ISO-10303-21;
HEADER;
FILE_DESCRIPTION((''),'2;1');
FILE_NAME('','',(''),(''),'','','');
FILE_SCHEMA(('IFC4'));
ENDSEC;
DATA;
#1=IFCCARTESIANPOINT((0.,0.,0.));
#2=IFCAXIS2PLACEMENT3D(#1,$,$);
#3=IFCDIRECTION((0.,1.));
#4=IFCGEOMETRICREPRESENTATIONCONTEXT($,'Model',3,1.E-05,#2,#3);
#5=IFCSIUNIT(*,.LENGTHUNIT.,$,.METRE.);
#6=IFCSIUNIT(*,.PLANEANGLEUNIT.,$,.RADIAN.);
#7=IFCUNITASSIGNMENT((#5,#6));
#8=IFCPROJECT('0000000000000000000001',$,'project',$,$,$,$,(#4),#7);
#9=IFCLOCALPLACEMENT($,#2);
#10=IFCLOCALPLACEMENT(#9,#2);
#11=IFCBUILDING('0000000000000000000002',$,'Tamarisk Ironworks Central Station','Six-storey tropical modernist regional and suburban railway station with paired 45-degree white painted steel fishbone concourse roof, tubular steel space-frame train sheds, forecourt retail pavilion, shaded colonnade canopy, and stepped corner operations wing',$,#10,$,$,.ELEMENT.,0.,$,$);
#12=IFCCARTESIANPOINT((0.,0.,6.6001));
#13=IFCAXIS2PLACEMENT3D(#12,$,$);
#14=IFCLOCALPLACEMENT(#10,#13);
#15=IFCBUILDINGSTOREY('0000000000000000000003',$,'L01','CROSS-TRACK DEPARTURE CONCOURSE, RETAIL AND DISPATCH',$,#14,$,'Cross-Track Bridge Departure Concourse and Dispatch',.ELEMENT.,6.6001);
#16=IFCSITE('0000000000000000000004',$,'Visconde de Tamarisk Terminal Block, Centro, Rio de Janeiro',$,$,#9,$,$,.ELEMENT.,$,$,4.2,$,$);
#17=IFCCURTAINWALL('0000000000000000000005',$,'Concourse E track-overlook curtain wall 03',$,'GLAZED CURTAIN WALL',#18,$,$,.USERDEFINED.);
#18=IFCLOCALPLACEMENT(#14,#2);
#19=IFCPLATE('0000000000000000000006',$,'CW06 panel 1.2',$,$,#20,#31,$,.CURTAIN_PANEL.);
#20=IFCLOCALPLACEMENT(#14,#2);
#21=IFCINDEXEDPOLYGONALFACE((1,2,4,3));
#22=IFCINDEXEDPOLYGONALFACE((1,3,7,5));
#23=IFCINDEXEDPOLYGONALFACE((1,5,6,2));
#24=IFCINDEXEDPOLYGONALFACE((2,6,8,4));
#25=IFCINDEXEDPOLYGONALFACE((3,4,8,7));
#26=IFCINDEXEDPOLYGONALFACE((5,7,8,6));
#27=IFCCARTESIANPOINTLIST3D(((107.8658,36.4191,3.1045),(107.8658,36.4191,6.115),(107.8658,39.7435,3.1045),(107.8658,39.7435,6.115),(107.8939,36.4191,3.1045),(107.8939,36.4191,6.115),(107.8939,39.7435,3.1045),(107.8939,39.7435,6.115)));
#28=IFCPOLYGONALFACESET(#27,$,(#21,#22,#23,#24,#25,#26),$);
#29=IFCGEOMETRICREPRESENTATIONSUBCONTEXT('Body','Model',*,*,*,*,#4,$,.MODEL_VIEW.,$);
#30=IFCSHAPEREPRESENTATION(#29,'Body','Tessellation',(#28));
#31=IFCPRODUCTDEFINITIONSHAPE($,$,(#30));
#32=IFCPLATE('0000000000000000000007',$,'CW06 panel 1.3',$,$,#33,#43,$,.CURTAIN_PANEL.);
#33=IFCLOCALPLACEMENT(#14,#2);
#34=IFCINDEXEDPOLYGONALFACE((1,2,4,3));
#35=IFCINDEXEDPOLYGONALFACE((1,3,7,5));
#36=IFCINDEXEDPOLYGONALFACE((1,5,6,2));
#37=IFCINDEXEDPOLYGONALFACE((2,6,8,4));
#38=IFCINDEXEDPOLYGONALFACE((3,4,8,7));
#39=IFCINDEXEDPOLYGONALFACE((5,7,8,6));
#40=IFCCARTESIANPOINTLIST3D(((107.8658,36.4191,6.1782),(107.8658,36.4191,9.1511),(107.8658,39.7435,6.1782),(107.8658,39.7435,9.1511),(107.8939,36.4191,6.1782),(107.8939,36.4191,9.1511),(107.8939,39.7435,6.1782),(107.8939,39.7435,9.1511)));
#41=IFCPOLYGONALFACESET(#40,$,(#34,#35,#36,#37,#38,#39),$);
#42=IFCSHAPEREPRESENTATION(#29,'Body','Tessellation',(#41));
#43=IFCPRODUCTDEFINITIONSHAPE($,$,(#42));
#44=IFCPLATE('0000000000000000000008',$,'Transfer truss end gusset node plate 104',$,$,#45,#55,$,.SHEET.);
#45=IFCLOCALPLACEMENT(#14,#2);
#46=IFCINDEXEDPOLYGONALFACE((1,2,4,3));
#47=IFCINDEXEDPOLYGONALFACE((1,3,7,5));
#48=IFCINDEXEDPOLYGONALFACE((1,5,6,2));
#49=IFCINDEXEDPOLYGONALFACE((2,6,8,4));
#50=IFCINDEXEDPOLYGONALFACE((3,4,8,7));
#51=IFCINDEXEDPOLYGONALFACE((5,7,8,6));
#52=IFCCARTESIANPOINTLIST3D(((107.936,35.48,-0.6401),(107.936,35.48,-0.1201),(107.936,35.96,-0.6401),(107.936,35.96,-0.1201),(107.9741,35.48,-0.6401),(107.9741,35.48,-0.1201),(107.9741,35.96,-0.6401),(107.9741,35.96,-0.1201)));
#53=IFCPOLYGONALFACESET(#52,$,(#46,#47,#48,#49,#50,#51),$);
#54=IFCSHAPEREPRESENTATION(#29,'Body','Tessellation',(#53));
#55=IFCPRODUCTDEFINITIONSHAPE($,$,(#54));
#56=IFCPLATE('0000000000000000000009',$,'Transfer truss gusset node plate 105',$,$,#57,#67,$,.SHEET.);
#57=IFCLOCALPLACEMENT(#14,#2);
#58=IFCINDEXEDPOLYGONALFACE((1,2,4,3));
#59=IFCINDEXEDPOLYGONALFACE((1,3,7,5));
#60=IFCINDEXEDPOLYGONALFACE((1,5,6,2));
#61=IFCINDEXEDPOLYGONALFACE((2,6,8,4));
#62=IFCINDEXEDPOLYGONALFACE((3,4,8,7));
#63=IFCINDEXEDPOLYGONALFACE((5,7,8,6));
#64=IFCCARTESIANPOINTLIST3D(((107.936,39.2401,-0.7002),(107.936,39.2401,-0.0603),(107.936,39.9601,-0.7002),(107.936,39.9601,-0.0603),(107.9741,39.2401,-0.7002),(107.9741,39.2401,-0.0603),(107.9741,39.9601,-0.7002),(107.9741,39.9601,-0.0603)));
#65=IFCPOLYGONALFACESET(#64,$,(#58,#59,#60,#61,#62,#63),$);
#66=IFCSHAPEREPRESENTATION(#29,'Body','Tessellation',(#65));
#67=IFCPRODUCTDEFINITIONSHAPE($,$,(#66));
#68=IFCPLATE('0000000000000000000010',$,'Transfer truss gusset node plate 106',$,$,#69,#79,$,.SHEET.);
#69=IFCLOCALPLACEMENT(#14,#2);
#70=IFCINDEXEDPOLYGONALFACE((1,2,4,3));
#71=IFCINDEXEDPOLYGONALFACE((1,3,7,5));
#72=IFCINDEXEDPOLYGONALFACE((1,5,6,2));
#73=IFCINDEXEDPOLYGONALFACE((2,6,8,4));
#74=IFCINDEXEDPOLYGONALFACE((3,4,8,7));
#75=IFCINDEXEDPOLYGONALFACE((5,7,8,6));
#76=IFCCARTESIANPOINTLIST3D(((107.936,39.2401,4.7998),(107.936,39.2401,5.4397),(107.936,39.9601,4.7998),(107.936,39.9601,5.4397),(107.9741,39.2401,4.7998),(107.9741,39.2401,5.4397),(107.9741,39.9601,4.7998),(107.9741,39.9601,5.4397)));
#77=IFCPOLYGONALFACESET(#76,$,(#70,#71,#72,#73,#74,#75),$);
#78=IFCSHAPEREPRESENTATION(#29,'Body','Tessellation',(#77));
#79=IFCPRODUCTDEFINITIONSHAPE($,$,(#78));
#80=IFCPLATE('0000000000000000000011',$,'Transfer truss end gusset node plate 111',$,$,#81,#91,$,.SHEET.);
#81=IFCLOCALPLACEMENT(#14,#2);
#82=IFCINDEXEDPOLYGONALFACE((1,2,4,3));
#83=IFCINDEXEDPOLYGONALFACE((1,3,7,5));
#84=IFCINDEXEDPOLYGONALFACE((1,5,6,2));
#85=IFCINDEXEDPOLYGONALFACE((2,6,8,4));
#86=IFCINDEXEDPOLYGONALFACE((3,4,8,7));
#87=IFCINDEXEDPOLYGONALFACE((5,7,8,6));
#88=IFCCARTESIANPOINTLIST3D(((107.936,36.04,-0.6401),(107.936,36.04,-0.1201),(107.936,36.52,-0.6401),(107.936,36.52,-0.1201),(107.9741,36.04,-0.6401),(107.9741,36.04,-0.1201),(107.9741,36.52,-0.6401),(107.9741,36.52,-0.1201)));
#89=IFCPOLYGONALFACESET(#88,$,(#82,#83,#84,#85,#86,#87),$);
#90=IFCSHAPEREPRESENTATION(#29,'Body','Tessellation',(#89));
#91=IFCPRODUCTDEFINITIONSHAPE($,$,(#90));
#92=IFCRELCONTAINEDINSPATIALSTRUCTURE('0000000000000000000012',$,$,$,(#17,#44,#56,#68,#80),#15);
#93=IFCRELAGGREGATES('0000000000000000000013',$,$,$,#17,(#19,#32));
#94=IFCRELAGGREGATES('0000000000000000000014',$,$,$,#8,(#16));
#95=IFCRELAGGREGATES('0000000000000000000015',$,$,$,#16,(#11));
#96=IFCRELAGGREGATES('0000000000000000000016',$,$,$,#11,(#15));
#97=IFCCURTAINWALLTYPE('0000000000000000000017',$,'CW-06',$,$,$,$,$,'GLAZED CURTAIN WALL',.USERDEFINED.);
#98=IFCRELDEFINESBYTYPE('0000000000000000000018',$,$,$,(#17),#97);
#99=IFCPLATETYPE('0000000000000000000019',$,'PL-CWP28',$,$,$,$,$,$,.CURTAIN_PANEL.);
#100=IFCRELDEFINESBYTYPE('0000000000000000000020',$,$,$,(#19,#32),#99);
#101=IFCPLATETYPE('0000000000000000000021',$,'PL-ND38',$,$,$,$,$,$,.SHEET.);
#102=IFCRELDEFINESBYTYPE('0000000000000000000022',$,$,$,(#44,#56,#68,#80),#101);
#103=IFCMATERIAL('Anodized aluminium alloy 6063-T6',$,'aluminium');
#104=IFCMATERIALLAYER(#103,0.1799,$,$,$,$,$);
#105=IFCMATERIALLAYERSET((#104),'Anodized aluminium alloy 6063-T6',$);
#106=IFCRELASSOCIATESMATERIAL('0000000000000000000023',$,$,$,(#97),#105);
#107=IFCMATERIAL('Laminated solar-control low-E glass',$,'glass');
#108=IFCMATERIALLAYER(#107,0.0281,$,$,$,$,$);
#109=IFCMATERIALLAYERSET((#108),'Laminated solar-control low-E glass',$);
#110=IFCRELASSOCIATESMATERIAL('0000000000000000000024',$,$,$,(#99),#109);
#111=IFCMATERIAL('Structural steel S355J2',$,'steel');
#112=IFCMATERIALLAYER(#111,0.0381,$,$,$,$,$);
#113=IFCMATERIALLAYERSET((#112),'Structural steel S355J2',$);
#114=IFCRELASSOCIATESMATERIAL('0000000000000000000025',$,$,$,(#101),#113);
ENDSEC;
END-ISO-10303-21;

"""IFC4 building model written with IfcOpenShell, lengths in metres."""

from ifc_helpers import new_model, si_unit, direction, frame, origin, origin_2d, place, context, subcontext, project, spatial, rectangle, extrude, material, layer, layer_set, type_object, element, aggregate, save


model = new_model("IFC4")

# Units and contexts
model_context = context("Model", 3, precision=1e-05, world=origin(), true_north=direction((0.0, 1.0)))
body_context = subcontext(model_context, "Body", "Model", "MODEL_VIEW")
ifc_project = project(units=[si_unit("LENGTHUNIT", "METRE"), si_unit("PLANEANGLEUNIT", "RADIAN")], contexts=[model_context])

# Site, building, storey
site_placement = place(None, origin())
site = spatial("IfcSite", under=ifc_project, at=site_placement, Name="Visconde de Tamarisk Terminal Block, Centro, Rio de Janeiro", CompositionType="ELEMENT", RefElevation=4.2)
building_placement = place(site_placement, origin())
building = spatial("IfcBuilding", under=site, at=building_placement, Name="Tamarisk Ironworks Central Station", Description="Six-storey tropical modernist regional and suburban railway station with paired 45-degree white painted steel fishbone concourse roof, tubular steel space-frame train sheds, forecourt retail pavilion, shaded colonnade canopy, and stepped corner operations wing", CompositionType="ELEMENT", ElevationOfRefHeight=0.0)
storey_placement = place(building_placement, frame((0.0, 0.0, 6.6001)))
storey = spatial("IfcBuildingStorey", under=building, at=storey_placement, Name="L01", Description="CROSS-TRACK DEPARTURE CONCOURSE, RETAIL AND DISPATCH", LongName="Cross-Track Bridge Departure Concourse and Dispatch", CompositionType="ELEMENT", Elevation=6.6001)

# Shared definitions
ifc_material_1 = material(Name="Structural steel S355J2", Category="steel")

# Curtain wall
ifc_material_2 = material(Name="Anodized aluminium alloy 6063-T6", Category="aluminium")
ifc_layer_1 = layer(ifc_material_2, 0.1799)
ifc_layer_set_1 = layer_set([ifc_layer_1], Name="Anodized aluminium alloy 6063-T6")
curtain_wall_type = type_object("IfcCurtainWallType", Name="CW-06", ElementType="GLAZED CURTAIN WALL", PredefinedType="USERDEFINED", material=ifc_layer_set_1)
curtain_wall_placement = place(storey_placement, origin())
curtain_wall = element("IfcCurtainWall", 1, at=curtain_wall_placement, inside=storey, type_object=curtain_wall_type, Name="Concourse E track-overlook curtain wall 03", ObjectType="GLAZED CURTAIN WALL", PredefinedType="USERDEFINED")

# Plates
ifc_material_3 = material(Name="Laminated solar-control low-E glass", Category="glass")
ifc_layer_2 = layer(ifc_material_3, 0.0281)
ifc_layer_set_2 = layer_set([ifc_layer_2], Name="Laminated solar-control low-E glass")
plate_type_1 = type_object("IfcPlateType", Name="PL-CWP28", PredefinedType="CURTAIN_PANEL", material=ifc_layer_set_2)
plate_1_placement = place(storey_placement, frame((107.8799, 38.0813, 3.1045), z_axis=(0.0, 0.0, 1.0), x_axis=(0.0, 1.0, 0.0)))
plate_1 = element("IfcPlate", 2, at=plate_1_placement, type_object=plate_type_1, Name="CW06 panel 1.2", PredefinedType="CURTAIN_PANEL", context=body_context, shape_type="SweptSolid", body=[
    extrude(rectangle(XDim=3.3245, YDim=0.0281, at=origin_2d()), origin(), (0.0, 0.0, 1.0), 3.0105),
])
plate_2_placement = place(storey_placement, frame((107.8799, 38.0813, 6.1782), z_axis=(0.0, 0.0, 1.0), x_axis=(0.0, 1.0, 0.0)))
plate_2 = element("IfcPlate", 3, at=plate_2_placement, type_object=plate_type_1, Name="CW06 panel 1.3", PredefinedType="CURTAIN_PANEL", context=body_context, shape_type="SweptSolid", body=[
    extrude(rectangle(XDim=3.3245, YDim=0.0281, at=origin_2d()), origin(), (0.0, 0.0, 1.0), 2.9729),
])
aggregate(curtain_wall, [plate_1, plate_2])

# Plates
ifc_layer_3 = layer(ifc_material_1, 0.0381)
ifc_layer_set_3 = layer_set([ifc_layer_3], Name="Structural steel S355J2")
plate_type_2 = type_object("IfcPlateType", Name="PL-ND38", PredefinedType="SHEET", material=ifc_layer_set_3)
plate_3_placement = place(storey_placement, frame((107.9551, 35.72, -0.6401), z_axis=(0.0, 0.0, 1.0), x_axis=(1.0, 0.0, 0.0)))
element("IfcPlate", 4, at=plate_3_placement, inside=storey, type_object=plate_type_2, Name="Transfer truss end gusset node plate 104", PredefinedType="SHEET", context=body_context, shape_type="SweptSolid", body=[
    extrude(rectangle(XDim=0.0381, YDim=0.48, at=origin_2d()), origin(), (0.0, 0.0, 1.0), 0.52),
])
for number, where, z_axis, x_axis, name in (
    (5, (107.9551, 39.6001, -0.7002), (0.0, 0.0, 1.0), (1.0, 0.0, 0.0), "Transfer truss gusset node plate 105"),
    (6, (107.9551, 39.6001, 4.7998), (0.0, 0.0, 1.0), (1.0, 0.0, 0.0), "Transfer truss gusset node plate 106"),
):
    element("IfcPlate", number, at=place(storey_placement, frame(where, z_axis=z_axis, x_axis=x_axis)), inside=storey, type_object=plate_type_2, Name=name, PredefinedType="SHEET", context=body_context, shape_type="SweptSolid", body=[
        extrude(rectangle(XDim=0.0381, YDim=0.72, at=origin_2d()), origin(), (0.0, 0.0, 1.0), 0.6399),
    ])
plate_4_placement = place(storey_placement, frame((107.9551, 36.28, -0.6401), z_axis=(0.0, 0.0, 1.0), x_axis=(1.0, 0.0, 0.0)))
element("IfcPlate", 7, at=plate_4_placement, inside=storey, type_object=plate_type_2, Name="Transfer truss end gusset node plate 111", PredefinedType="SHEET", context=body_context, shape_type="SweptSolid", body=[
    extrude(rectangle(XDim=0.0381, YDim=0.48, at=origin_2d()), origin(), (0.0, 0.0, 1.0), 0.52),
])

save(model, "model.ifc")
